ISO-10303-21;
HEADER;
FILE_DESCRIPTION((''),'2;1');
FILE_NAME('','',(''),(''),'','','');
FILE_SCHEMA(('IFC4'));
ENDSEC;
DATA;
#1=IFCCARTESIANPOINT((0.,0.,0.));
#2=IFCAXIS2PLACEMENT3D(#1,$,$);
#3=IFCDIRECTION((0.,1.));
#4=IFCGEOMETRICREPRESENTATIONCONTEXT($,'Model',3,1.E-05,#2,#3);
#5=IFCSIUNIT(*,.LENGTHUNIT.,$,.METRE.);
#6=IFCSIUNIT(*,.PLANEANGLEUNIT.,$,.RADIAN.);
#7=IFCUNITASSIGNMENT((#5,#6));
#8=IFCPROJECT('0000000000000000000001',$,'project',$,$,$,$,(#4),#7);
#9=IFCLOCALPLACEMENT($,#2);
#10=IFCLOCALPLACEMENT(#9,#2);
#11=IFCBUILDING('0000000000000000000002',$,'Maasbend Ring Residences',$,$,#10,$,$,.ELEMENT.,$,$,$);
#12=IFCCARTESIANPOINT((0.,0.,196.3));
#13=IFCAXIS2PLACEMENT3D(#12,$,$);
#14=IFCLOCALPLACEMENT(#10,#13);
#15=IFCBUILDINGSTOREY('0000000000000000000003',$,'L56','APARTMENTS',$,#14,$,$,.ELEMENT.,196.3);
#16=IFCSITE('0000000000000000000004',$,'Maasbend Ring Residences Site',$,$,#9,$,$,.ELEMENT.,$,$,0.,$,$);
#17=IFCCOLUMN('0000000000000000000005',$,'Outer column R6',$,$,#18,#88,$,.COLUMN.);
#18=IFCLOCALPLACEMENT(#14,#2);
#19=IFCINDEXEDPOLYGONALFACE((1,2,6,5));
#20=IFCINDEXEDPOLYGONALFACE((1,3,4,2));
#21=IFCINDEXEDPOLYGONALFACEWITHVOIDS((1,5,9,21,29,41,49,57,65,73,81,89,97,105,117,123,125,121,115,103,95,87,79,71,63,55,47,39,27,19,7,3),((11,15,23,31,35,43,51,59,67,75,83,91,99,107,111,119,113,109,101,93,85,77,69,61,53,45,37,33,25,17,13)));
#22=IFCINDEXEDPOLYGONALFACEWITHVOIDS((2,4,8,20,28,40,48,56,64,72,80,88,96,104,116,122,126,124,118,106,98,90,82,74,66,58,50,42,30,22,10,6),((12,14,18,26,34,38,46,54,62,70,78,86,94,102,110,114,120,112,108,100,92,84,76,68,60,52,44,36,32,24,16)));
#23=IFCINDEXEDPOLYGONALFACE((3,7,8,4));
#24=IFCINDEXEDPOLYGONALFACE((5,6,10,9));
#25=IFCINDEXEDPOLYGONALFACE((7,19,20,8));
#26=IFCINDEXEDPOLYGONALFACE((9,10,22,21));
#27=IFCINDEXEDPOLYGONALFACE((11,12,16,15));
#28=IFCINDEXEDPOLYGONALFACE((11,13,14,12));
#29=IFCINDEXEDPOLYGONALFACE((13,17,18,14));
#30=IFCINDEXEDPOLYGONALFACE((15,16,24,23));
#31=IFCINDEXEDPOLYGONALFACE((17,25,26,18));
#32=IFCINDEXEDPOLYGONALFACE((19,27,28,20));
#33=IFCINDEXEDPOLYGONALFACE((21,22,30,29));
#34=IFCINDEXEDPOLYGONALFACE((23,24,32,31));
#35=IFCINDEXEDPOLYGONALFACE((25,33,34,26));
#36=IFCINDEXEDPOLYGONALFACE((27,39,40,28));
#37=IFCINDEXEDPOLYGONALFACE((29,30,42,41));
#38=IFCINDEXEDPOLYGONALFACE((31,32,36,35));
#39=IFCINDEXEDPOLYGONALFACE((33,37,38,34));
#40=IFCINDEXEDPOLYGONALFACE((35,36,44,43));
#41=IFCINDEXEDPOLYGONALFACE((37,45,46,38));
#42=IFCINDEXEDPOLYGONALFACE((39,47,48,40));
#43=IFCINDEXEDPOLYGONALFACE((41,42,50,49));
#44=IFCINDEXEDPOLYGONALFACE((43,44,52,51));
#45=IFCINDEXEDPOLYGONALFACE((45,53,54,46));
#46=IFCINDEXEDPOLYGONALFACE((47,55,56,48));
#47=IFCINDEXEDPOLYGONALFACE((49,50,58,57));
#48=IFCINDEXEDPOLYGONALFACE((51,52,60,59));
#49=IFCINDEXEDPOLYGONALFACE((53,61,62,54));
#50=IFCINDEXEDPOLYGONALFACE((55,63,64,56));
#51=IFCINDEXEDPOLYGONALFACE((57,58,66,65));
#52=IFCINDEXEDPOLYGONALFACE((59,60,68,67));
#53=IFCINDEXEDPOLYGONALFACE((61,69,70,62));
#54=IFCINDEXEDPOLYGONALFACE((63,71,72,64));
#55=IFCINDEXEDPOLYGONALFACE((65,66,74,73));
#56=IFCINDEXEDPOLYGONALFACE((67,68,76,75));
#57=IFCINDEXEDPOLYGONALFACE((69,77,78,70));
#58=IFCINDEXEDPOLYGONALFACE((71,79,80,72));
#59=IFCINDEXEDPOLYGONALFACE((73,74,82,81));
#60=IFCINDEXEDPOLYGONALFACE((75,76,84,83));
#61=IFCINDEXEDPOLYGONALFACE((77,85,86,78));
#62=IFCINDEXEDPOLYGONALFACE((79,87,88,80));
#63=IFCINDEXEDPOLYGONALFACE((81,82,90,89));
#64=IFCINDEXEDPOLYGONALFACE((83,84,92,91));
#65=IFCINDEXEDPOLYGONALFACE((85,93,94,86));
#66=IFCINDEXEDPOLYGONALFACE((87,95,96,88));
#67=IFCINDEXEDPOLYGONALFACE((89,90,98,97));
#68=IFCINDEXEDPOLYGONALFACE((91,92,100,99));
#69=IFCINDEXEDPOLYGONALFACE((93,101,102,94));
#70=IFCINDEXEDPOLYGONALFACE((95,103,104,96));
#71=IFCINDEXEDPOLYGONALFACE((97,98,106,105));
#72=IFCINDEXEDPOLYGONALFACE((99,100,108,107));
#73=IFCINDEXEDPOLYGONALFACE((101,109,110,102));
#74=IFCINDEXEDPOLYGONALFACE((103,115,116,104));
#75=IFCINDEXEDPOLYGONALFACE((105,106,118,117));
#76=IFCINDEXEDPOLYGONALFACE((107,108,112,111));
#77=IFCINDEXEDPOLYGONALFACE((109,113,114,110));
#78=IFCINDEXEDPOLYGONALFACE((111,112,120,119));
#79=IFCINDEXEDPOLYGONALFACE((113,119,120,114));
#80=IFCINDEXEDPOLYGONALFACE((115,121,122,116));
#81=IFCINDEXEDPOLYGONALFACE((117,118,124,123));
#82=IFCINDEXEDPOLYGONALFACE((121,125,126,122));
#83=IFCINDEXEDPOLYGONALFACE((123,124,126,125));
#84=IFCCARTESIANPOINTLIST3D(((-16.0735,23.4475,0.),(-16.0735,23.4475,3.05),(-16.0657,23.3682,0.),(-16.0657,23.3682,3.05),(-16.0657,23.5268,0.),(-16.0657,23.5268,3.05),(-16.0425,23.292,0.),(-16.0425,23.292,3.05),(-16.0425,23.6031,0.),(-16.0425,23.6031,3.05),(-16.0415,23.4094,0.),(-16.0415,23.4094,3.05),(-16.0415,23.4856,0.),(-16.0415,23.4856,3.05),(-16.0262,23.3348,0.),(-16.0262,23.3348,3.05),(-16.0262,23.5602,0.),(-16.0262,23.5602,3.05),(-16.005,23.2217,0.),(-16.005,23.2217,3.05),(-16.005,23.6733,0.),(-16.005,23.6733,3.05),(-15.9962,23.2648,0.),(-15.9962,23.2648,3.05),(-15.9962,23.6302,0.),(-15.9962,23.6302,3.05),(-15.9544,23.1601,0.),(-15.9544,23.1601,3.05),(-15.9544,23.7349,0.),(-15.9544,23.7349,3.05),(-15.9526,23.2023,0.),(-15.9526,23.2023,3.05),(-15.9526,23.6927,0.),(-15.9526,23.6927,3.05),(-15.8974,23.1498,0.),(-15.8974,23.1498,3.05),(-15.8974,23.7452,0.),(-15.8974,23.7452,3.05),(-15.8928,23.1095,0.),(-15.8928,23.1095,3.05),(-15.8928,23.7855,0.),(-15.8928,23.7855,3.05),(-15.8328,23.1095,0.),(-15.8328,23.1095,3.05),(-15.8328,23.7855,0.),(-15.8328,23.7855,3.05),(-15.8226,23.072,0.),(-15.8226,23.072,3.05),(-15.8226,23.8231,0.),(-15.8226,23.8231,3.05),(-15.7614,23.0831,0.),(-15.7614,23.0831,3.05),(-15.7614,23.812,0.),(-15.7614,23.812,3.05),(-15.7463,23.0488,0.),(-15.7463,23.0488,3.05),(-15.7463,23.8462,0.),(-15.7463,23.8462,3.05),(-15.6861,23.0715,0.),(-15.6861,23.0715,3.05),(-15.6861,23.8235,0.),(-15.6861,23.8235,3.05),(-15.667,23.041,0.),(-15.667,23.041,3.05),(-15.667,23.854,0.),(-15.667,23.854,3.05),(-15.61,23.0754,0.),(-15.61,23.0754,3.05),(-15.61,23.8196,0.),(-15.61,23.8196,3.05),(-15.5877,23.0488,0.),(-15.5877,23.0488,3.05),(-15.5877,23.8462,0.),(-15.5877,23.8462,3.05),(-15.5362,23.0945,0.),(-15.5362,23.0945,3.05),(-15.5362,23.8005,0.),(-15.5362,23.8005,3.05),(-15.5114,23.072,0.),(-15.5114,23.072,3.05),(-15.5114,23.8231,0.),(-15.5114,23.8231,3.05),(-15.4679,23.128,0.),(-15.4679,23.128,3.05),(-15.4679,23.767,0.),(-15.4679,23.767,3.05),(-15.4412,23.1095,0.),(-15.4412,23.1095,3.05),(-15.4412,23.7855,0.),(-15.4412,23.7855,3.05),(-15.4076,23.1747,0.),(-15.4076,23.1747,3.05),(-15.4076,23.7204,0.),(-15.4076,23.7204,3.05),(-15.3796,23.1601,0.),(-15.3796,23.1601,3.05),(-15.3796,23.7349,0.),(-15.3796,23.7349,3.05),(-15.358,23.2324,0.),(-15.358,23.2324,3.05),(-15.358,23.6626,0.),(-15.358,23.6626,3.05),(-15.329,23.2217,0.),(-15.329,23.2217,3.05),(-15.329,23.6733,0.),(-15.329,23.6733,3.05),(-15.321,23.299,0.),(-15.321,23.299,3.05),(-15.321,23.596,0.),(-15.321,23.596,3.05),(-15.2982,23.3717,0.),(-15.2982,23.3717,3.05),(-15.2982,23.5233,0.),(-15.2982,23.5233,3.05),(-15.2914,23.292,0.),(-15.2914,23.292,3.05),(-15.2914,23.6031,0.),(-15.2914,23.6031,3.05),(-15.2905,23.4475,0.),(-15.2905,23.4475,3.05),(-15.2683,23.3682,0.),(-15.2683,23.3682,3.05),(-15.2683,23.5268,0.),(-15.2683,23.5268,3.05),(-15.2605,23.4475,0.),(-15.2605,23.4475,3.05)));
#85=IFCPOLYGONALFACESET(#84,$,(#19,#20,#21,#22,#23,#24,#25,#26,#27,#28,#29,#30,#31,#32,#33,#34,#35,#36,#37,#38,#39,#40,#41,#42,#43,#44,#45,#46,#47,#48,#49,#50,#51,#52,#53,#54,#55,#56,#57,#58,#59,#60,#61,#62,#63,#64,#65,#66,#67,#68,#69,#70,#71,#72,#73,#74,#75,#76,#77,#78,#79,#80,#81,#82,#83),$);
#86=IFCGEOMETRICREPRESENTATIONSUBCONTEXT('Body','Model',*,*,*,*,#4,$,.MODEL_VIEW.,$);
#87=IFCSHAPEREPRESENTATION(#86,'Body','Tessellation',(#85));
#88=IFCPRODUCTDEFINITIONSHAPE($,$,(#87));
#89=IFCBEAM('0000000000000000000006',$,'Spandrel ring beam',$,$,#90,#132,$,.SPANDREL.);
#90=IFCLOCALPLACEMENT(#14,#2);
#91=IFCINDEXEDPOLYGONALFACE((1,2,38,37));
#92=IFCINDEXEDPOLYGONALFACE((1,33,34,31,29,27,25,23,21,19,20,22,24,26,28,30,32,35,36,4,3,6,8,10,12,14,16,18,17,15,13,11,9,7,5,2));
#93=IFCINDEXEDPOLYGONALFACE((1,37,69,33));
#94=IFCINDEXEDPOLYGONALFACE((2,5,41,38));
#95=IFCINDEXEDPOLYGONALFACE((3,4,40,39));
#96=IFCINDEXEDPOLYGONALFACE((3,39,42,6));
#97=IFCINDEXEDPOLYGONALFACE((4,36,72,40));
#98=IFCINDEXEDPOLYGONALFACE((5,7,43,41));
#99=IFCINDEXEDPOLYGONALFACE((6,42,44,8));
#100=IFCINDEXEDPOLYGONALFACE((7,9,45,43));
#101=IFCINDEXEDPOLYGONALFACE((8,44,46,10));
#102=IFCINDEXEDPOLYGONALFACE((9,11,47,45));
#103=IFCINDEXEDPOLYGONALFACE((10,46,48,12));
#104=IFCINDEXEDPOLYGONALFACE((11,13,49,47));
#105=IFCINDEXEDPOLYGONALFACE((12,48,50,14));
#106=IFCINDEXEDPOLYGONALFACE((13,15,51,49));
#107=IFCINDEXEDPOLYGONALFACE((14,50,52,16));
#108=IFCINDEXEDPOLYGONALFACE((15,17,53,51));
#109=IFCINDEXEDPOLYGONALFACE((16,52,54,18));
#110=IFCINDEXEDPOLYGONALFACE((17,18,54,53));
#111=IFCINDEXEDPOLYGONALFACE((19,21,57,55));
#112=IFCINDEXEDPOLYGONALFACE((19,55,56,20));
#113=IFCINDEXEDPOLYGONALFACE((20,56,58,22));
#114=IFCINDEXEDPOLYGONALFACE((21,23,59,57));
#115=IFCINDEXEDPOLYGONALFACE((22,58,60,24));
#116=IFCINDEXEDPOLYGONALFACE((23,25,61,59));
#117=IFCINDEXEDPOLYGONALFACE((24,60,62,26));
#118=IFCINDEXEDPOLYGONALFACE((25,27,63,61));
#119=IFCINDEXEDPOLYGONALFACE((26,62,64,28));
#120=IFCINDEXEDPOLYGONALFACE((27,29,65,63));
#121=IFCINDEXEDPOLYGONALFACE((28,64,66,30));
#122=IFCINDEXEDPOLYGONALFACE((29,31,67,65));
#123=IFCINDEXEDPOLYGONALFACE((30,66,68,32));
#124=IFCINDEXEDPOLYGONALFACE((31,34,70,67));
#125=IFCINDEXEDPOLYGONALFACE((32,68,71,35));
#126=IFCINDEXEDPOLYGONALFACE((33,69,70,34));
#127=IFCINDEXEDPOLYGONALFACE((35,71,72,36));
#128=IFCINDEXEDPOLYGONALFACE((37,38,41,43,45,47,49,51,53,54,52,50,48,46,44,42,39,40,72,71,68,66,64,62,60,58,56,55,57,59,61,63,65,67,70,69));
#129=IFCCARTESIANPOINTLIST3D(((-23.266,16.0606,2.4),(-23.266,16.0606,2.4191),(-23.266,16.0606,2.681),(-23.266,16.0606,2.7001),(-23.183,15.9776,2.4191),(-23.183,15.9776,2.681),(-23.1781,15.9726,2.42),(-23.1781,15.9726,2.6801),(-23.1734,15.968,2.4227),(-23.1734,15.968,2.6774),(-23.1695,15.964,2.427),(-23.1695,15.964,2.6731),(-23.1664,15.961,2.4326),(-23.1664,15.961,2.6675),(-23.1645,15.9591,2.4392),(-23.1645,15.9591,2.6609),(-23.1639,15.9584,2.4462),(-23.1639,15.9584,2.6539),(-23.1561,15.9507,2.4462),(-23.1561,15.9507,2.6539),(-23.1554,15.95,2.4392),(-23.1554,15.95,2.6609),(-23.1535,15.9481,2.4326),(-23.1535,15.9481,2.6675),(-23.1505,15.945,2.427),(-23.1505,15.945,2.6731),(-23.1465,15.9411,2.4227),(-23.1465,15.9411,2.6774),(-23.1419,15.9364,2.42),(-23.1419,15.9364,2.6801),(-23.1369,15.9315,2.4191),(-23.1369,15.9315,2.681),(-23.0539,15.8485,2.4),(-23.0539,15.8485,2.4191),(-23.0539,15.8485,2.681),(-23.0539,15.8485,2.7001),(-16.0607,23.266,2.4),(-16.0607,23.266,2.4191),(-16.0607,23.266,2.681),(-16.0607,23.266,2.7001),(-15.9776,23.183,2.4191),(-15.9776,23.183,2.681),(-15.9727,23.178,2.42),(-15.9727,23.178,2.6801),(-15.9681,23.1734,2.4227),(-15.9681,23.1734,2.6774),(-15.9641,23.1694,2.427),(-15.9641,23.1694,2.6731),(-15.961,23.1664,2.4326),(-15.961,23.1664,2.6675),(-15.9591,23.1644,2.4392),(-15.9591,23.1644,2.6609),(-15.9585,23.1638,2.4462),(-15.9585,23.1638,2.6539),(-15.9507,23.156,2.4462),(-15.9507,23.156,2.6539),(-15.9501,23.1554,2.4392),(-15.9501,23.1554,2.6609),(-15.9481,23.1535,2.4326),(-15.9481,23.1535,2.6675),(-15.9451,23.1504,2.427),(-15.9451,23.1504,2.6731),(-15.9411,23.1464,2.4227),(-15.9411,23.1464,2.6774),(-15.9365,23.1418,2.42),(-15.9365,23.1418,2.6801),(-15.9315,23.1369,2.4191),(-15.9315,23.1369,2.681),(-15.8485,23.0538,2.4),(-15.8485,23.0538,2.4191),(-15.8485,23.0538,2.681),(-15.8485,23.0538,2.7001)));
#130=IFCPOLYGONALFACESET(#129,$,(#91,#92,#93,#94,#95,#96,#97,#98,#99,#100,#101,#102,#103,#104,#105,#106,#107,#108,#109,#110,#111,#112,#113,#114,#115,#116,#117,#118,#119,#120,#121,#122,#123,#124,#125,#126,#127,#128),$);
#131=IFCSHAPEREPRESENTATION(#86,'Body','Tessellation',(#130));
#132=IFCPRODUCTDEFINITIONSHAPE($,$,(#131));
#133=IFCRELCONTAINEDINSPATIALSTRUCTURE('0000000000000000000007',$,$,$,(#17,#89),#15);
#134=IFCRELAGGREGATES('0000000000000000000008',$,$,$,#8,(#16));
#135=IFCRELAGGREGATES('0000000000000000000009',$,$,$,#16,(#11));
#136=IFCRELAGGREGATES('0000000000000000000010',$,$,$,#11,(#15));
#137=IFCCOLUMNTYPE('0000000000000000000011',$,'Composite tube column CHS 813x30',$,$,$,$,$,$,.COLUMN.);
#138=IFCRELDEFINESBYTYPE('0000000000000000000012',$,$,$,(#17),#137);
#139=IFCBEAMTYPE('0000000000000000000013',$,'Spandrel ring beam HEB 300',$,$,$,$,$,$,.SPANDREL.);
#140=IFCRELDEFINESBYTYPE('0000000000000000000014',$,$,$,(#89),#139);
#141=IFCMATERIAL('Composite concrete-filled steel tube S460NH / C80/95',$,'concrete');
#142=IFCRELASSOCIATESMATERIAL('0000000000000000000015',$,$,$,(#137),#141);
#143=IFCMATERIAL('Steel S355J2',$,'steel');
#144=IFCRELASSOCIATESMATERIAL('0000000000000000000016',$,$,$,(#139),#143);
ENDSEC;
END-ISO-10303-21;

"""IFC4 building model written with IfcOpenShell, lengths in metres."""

from ifc_helpers import new_model, si_unit, direction, frame, origin, origin_2d, place, context, subcontext, project, spatial, hollow_circle, i_section, extrude, material, material_profile, profile_set, type_object, element, save


model = new_model("IFC4")

# Units and contexts
model_context = context("Model", 3, precision=1e-05, world=origin(), true_north=direction((0.0, 1.0)))
body_context = subcontext(model_context, "Body", "Model", "MODEL_VIEW")
ifc_project = project(units=[si_unit("LENGTHUNIT", "METRE"), si_unit("PLANEANGLEUNIT", "RADIAN")], contexts=[model_context])

# Site, building, storey
site_placement = place(None, origin())
site = spatial("IfcSite", under=ifc_project, at=site_placement, Name="Maasbend Ring Residences Site", CompositionType="ELEMENT", RefElevation=0.0)
building_placement = place(site_placement, origin())
building = spatial("IfcBuilding", under=site, at=building_placement, Name="Maasbend Ring Residences", CompositionType="ELEMENT")
storey_placement = place(building_placement, frame((0.0, 0.0, 196.3)))
storey = spatial("IfcBuildingStorey", under=building, at=storey_placement, Name="L56", Description="APARTMENTS", CompositionType="ELEMENT", Elevation=196.3)

# Column
ifc_material_1 = material(Name="Composite concrete-filled steel tube S460NH / C80/95", Category="concrete")
ifc_material_profile_1 = material_profile(ifc_material_1, hollow_circle(Radius=0.4065, WallThickness=0.03, at=origin_2d()), Name="Composite tube column CHS 813x30")
ifc_profile_set_1 = profile_set([ifc_material_profile_1], Name="Composite concrete-filled steel tube S460NH / C80/95")
column_type = type_object("IfcColumnType", Name="Composite tube column CHS 813x30", PredefinedType="COLUMN", material=ifc_profile_set_1)
column_placement = place(storey_placement, frame((-15.667, 23.4475, 0.0), z_axis=(0.0, 0.0, 1.0), x_axis=(1.0, 0.0, 0.0)))
element("IfcColumn", 1, at=column_placement, inside=storey, type_object=column_type, Name="Outer column R6", PredefinedType="COLUMN", context=body_context, shape_type="SweptSolid", body=[
    extrude(hollow_circle(Radius=0.4065, WallThickness=0.03, at=origin_2d()), origin(), (0.0, 0.0, 1.0), 3.05),
])

# Beam
ifc_material_2 = material(Name="Steel S355J2", Category="steel")
ifc_material_profile_2 = material_profile(ifc_material_2, i_section(OverallWidth=0.3, OverallDepth=0.3, WebThickness=0.011, FlangeThickness=0.019, FilletRadius=0.0271, at=origin_2d()), Name="HEB 300")
ifc_profile_set_2 = profile_set([ifc_material_profile_2], Name="Steel S355J2")
beam_type = type_object("IfcBeamType", Name="Spandrel ring beam HEB 300", PredefinedType="SPANDREL", material=ifc_profile_set_2)
beam_placement = place(storey_placement, frame((-15.9546, 23.1599, 2.55), z_axis=(-0.707107, -0.707107, 0.0), x_axis=(0.707107, -0.707107, 0.0)))
element("IfcBeam", 2, at=beam_placement, inside=storey, type_object=beam_type, Name="Spandrel ring beam", PredefinedType="SPANDREL", context=body_context, shape_type="SweptSolid", body=[
    extrude(i_section(OverallWidth=0.3, OverallDepth=0.3, WebThickness=0.011, FlangeThickness=0.019, FilletRadius=0.0271, at=origin_2d()), origin(), (0.0, 0.0, 1.0), 10.1899),
])

save(model, "model.ifc")
